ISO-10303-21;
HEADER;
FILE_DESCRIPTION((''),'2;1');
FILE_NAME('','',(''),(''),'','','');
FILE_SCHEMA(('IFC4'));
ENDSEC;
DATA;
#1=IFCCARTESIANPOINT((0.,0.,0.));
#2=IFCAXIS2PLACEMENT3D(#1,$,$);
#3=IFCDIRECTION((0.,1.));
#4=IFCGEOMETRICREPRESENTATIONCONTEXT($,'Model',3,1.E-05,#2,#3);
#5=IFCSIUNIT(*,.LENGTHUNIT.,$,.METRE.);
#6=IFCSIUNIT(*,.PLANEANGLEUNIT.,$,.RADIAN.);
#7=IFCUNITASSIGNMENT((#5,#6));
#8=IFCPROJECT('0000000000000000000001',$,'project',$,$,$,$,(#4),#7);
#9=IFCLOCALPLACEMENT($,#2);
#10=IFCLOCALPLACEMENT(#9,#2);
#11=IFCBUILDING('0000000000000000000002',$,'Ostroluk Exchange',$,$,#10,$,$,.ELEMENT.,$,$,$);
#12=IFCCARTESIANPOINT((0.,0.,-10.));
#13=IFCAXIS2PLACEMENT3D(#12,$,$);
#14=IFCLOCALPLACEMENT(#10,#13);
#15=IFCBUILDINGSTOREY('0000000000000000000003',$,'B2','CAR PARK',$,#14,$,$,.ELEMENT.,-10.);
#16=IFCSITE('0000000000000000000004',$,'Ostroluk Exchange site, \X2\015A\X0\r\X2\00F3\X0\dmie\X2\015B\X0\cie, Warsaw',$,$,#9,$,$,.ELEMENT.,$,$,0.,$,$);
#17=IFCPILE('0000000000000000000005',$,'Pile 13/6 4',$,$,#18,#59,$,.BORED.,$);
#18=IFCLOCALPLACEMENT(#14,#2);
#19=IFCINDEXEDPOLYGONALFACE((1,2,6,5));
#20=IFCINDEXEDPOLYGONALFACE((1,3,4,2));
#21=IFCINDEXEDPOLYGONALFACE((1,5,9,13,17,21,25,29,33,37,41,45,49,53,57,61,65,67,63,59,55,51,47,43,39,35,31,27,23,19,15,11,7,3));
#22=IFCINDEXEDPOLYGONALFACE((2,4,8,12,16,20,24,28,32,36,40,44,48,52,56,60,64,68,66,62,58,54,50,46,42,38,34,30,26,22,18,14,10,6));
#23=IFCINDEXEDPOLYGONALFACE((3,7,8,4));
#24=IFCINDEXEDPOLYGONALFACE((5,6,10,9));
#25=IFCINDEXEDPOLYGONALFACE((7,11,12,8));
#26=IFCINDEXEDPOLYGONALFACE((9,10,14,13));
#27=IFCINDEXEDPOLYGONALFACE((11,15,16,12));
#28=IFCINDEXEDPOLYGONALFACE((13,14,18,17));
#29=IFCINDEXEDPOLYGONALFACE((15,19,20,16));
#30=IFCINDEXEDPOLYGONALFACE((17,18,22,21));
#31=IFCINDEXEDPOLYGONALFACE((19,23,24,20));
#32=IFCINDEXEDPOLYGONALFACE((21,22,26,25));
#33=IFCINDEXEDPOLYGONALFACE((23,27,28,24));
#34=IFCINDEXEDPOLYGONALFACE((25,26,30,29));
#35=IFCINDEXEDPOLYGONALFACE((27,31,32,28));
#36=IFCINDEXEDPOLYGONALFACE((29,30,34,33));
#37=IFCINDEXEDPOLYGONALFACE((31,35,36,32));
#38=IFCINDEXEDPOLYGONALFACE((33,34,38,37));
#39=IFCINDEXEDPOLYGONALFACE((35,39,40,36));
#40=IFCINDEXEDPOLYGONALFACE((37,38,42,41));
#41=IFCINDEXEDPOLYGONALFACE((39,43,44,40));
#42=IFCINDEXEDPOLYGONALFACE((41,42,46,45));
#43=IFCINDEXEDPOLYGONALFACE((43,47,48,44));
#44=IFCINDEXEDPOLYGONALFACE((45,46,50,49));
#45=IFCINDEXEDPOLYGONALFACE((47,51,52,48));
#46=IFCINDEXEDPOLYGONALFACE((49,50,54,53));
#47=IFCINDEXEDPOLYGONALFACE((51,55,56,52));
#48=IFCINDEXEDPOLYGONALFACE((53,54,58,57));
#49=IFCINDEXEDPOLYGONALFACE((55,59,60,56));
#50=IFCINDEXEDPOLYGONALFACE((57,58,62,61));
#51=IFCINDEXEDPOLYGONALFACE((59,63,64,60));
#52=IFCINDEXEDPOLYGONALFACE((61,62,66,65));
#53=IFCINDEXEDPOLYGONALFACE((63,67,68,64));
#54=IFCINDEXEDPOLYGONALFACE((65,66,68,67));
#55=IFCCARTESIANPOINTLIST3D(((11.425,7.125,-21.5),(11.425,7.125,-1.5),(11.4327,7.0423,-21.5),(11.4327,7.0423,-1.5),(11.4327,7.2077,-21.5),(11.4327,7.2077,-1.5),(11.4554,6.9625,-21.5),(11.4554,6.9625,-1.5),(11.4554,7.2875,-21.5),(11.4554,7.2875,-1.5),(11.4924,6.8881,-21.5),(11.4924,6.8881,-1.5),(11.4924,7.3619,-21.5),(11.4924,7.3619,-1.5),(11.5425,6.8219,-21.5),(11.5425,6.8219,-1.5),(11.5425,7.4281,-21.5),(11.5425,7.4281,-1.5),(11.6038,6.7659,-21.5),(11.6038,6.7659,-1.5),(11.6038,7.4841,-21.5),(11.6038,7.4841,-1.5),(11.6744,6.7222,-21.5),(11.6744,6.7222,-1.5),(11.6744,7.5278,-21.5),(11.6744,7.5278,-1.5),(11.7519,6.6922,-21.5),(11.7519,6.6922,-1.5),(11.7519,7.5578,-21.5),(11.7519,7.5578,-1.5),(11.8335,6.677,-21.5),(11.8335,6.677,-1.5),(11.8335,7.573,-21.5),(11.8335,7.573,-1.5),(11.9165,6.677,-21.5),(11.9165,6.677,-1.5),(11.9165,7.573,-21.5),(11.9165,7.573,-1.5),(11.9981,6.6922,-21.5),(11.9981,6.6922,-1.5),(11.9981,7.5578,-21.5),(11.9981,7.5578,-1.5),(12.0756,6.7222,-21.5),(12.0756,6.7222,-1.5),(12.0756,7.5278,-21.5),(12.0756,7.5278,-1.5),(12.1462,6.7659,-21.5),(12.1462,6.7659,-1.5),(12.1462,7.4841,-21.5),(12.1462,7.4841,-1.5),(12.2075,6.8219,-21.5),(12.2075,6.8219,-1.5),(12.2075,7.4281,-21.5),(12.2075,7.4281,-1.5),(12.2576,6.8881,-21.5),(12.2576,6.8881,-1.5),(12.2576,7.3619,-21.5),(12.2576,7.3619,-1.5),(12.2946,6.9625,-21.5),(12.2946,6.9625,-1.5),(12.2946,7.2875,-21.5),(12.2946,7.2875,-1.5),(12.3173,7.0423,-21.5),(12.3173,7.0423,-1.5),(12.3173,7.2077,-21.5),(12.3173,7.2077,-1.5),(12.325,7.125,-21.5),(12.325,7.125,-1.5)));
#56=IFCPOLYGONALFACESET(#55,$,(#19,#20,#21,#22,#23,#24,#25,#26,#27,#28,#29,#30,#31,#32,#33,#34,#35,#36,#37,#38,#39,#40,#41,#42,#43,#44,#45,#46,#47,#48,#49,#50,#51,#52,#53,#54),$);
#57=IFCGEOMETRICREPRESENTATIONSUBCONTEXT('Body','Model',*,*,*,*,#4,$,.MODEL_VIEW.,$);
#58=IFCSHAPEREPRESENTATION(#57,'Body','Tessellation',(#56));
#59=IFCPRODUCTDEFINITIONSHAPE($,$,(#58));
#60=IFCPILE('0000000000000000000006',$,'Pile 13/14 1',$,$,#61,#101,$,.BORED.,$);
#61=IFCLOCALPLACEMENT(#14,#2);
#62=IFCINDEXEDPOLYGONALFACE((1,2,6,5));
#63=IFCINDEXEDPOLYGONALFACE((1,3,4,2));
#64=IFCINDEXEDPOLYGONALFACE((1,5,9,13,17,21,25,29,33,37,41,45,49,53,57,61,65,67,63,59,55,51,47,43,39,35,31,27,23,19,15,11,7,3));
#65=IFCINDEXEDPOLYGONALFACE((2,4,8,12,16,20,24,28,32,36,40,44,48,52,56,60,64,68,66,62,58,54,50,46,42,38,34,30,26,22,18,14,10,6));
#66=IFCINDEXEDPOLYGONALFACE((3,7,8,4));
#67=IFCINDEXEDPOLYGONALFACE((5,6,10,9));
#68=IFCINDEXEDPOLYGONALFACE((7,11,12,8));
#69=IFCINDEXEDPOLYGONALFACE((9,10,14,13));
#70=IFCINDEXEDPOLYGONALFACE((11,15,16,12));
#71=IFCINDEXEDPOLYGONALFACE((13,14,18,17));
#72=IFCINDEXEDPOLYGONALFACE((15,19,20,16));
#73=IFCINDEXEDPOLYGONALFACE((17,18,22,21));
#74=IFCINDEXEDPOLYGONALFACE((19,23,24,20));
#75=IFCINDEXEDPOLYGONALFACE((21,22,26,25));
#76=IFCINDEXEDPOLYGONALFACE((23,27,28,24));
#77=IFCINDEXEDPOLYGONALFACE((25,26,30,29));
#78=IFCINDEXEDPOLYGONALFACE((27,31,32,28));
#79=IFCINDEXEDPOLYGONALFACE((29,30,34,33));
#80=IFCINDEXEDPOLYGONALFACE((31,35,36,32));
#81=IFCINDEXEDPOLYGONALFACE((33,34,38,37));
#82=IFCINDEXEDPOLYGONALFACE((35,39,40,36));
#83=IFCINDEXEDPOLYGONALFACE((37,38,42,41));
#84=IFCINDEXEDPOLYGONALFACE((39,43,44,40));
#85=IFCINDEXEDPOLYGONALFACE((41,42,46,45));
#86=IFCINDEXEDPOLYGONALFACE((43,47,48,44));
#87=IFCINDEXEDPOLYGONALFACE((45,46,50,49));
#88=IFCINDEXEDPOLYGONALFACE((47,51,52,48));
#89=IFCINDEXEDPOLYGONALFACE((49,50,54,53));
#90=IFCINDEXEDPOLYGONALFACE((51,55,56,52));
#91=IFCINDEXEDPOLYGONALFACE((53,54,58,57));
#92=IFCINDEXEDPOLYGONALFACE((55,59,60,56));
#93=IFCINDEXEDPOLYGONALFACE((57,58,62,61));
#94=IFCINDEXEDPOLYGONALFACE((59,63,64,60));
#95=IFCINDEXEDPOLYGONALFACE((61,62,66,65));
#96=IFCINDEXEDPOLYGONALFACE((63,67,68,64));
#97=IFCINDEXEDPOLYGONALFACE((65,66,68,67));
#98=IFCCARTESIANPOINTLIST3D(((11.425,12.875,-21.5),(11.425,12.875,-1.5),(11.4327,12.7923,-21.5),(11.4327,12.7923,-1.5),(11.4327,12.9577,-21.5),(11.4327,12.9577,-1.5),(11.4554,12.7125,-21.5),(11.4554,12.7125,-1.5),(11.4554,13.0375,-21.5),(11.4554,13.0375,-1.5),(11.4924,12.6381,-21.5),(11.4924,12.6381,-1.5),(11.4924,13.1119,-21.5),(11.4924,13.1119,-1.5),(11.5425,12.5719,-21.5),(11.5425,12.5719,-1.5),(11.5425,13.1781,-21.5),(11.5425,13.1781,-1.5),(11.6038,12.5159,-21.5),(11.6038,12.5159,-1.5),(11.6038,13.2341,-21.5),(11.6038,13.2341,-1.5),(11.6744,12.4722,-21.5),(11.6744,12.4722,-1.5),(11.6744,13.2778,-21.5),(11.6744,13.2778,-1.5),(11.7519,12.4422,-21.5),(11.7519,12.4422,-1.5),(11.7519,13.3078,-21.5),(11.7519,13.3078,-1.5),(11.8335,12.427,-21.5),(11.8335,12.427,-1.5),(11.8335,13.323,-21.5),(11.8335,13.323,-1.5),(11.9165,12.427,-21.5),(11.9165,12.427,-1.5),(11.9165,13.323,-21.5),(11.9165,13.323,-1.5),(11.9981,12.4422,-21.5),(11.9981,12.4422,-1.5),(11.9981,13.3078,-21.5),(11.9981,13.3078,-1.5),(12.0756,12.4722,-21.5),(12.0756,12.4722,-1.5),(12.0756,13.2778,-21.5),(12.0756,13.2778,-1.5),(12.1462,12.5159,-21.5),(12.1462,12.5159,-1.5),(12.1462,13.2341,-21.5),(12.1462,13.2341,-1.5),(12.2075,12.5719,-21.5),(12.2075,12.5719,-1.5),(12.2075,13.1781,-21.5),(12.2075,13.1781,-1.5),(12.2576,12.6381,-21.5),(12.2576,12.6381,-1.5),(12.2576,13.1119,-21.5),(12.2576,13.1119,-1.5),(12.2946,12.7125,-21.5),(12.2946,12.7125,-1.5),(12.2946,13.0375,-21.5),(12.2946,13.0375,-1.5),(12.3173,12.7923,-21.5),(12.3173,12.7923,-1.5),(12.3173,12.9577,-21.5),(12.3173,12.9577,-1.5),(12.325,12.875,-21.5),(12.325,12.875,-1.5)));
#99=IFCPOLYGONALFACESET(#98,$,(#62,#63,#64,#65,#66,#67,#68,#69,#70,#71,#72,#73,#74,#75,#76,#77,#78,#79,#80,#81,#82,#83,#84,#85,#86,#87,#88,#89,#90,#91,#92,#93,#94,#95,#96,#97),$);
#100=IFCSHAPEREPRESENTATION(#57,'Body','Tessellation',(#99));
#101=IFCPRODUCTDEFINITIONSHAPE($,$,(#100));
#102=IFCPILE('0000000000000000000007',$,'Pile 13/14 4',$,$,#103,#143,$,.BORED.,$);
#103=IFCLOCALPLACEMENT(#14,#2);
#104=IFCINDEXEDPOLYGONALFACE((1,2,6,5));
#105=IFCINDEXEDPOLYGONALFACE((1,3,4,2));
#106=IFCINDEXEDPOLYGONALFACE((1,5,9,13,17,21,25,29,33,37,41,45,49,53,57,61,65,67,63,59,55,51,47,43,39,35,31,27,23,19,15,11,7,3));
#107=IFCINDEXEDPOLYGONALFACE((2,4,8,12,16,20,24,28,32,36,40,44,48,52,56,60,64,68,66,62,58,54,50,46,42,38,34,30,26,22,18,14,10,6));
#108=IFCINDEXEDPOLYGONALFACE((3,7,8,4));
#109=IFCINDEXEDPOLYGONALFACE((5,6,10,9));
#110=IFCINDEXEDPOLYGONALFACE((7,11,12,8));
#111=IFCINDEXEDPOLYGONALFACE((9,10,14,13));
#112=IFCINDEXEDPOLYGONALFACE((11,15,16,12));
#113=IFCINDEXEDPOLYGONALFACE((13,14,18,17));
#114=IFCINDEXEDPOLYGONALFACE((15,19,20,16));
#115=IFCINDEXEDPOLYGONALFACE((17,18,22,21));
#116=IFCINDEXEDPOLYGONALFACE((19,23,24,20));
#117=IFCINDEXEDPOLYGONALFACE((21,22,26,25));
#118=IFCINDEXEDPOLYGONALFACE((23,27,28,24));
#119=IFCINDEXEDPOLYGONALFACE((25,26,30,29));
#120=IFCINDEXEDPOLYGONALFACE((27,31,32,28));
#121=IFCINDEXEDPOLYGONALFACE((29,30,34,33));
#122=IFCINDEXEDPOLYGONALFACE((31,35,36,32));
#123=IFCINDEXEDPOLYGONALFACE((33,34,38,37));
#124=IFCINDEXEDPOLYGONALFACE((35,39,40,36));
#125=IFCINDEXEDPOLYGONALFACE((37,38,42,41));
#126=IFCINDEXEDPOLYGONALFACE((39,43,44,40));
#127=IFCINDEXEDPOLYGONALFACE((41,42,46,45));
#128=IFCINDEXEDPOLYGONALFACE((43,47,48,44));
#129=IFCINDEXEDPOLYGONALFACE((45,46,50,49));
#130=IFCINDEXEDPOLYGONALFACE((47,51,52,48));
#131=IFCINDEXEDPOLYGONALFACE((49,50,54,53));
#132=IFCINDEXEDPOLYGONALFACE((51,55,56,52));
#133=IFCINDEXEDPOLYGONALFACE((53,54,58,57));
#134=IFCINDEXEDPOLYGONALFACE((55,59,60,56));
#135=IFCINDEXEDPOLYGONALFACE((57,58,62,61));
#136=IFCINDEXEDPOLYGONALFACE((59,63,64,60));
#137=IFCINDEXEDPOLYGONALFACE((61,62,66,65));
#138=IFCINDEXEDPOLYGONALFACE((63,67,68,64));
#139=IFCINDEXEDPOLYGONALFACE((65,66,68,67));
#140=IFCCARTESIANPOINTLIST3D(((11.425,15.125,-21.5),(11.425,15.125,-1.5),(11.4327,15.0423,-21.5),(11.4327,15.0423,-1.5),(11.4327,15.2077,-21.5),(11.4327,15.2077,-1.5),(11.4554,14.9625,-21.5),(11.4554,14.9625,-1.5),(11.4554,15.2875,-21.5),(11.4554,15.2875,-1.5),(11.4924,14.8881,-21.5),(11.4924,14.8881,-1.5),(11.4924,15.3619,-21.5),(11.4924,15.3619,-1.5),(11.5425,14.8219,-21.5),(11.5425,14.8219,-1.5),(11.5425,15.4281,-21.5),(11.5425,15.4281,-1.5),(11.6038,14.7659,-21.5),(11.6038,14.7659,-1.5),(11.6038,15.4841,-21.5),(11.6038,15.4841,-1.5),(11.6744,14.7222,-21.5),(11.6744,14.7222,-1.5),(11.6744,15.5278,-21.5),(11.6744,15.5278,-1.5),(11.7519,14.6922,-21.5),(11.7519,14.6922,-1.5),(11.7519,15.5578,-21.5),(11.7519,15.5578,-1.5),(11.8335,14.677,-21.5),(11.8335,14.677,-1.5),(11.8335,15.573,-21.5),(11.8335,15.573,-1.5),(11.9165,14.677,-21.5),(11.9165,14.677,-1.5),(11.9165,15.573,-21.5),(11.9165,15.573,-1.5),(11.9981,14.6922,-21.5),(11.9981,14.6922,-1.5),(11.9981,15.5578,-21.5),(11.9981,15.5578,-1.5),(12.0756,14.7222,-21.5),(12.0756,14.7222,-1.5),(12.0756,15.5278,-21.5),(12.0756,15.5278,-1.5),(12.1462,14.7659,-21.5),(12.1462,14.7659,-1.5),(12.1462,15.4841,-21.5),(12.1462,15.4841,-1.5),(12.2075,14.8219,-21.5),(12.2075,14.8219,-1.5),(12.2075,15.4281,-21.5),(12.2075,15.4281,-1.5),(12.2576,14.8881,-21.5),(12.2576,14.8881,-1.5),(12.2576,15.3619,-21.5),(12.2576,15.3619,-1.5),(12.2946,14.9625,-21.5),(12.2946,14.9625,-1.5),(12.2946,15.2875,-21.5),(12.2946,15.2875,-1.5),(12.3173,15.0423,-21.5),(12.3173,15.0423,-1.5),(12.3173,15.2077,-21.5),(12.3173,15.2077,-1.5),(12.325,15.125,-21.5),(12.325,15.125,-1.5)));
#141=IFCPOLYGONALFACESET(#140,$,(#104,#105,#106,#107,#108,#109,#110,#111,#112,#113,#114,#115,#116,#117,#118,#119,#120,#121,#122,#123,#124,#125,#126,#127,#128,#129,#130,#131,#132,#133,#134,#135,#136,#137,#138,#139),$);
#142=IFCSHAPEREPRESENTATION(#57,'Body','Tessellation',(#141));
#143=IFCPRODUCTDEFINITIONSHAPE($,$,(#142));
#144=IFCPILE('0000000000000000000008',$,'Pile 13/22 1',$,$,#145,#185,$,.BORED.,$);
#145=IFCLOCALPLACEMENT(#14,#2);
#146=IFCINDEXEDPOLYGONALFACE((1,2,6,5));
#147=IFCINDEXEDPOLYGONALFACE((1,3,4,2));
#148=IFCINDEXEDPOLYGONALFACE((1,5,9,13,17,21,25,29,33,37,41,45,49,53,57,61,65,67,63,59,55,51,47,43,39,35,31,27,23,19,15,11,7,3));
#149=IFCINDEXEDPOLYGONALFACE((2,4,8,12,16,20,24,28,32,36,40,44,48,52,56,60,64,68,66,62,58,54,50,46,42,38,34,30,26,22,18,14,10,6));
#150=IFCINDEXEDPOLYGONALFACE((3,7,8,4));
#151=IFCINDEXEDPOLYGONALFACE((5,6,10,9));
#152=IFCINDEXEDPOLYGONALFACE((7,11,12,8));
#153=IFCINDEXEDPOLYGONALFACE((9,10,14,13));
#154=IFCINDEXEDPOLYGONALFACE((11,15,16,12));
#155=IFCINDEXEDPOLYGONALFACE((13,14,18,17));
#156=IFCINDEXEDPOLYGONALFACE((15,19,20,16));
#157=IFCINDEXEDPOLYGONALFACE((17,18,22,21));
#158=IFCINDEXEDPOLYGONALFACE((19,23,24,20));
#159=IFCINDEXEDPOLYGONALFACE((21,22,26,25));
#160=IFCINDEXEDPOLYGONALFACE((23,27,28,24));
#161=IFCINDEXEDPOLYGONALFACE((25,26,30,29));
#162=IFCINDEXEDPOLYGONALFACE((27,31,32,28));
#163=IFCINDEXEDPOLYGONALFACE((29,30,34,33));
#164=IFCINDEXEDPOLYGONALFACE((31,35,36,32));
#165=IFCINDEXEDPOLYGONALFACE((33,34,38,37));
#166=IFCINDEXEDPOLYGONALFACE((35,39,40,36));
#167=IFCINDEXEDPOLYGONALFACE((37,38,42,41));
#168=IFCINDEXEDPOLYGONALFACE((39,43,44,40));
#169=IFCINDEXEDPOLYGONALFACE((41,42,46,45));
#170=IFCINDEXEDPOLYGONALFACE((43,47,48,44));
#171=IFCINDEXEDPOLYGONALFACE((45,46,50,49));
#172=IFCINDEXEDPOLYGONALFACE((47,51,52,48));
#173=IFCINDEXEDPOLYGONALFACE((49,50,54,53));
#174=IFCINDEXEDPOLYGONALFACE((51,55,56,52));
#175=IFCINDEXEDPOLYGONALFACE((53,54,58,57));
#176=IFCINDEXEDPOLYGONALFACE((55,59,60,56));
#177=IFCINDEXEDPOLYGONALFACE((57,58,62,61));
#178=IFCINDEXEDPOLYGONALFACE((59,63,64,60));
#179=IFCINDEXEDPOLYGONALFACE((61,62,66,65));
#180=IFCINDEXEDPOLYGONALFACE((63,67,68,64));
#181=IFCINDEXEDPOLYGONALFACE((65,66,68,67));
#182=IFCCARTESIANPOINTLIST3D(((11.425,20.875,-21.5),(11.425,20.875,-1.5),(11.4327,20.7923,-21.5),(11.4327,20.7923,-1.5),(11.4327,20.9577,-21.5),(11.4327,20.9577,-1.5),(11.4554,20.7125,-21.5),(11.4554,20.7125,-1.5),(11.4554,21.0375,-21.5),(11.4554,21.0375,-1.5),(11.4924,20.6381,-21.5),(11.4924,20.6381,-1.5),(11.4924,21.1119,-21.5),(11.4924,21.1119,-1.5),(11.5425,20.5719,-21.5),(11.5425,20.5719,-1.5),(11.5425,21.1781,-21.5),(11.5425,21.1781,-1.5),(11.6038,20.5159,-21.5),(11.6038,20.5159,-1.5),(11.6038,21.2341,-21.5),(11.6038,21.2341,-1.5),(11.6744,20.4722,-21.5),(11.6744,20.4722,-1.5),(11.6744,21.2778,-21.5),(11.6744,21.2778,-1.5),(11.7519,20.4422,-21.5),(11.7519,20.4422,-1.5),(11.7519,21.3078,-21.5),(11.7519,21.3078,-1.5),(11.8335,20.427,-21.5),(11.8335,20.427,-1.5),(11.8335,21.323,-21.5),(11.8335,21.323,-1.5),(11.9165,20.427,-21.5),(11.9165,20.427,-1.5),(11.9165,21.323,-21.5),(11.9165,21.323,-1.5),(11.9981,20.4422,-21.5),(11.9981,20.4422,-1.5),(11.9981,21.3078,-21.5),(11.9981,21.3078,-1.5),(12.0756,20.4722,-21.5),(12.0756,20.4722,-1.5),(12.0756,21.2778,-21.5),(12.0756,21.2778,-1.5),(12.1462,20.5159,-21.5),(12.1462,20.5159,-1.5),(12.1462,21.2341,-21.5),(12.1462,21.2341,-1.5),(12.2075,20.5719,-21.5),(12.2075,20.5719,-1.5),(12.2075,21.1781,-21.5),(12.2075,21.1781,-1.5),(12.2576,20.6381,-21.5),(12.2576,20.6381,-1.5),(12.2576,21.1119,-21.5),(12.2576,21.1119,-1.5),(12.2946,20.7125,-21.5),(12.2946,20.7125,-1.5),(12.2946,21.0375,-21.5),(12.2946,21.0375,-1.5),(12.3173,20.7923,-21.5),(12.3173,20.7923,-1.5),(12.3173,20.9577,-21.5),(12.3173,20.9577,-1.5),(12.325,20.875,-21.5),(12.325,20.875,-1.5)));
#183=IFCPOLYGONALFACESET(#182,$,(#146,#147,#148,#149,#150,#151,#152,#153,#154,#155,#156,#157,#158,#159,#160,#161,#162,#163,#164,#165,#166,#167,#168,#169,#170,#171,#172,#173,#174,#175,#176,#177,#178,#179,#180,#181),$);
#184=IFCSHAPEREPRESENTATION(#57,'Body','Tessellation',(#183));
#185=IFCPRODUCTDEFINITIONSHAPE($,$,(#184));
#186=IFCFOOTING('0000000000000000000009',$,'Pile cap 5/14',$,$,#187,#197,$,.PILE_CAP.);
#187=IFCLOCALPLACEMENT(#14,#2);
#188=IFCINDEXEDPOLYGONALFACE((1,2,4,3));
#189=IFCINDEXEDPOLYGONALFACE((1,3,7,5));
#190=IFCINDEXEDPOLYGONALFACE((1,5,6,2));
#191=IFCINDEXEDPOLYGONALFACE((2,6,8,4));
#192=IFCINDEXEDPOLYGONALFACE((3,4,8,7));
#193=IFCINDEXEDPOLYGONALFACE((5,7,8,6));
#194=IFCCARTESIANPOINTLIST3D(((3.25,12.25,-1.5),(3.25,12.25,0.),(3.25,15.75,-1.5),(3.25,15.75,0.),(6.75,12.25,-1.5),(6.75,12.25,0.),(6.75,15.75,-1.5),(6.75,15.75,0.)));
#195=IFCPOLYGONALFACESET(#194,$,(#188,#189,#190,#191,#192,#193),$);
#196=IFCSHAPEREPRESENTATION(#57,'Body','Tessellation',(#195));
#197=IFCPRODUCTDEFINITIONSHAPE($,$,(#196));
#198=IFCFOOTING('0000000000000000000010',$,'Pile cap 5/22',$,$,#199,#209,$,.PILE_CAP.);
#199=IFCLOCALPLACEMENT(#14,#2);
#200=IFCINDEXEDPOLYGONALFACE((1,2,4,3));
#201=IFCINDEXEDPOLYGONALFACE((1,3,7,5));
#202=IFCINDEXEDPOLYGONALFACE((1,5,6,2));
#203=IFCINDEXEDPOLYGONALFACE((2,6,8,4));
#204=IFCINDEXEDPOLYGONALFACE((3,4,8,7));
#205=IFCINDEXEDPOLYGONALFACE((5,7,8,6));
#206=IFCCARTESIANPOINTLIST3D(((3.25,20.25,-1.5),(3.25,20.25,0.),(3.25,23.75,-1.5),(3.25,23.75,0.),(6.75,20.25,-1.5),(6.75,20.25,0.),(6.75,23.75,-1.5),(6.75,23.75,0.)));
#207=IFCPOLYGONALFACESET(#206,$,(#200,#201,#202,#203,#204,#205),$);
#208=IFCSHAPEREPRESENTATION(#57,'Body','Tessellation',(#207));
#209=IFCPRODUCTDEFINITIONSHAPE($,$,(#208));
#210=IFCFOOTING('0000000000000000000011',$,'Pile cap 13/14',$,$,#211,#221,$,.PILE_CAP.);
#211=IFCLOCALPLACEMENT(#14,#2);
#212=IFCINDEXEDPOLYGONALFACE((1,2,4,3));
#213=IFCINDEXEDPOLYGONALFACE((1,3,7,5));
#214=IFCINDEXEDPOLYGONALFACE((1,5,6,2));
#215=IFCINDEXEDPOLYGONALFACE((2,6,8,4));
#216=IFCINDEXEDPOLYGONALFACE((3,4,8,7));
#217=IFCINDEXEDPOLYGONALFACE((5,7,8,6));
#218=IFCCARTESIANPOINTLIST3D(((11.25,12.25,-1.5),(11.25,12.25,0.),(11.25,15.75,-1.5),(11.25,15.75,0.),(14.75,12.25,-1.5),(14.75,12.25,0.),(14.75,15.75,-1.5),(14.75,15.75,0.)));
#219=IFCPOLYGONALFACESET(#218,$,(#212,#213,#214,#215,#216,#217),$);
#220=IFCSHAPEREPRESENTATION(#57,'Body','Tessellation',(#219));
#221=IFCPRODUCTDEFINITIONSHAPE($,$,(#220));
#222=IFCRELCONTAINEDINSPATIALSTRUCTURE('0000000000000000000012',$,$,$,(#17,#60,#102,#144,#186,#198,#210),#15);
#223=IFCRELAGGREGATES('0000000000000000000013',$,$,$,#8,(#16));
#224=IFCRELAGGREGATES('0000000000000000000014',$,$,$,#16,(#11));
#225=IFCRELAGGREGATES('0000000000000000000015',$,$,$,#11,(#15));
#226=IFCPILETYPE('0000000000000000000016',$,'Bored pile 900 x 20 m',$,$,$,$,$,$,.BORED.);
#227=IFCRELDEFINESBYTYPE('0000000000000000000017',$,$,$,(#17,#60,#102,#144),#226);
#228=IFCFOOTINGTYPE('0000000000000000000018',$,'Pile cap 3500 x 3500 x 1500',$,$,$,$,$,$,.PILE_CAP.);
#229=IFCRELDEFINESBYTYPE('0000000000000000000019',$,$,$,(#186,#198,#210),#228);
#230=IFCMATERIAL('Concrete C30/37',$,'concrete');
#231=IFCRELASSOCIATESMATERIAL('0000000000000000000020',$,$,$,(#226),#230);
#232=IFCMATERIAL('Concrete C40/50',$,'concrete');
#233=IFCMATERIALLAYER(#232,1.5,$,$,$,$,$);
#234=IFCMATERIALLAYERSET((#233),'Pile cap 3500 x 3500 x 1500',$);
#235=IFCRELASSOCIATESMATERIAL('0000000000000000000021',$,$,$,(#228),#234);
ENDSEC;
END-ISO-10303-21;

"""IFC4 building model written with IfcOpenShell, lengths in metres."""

from ifc_helpers import new_model, si_unit, direction, frame, origin, origin_2d, place, context, subcontext, project, spatial, rectangle, circle, extrude, material, layer, layer_set, type_object, element, save


model = new_model("IFC4")

# Units and contexts
model_context = context("Model", 3, precision=1e-05, world=origin(), true_north=direction((0.0, 1.0)))
body_context = subcontext(model_context, "Body", "Model", "MODEL_VIEW")
ifc_project = project(units=[si_unit("LENGTHUNIT", "METRE"), si_unit("PLANEANGLEUNIT", "RADIAN")], contexts=[model_context])

# Site, building, storey
site_placement = place(None, origin())
site = spatial("IfcSite", under=ifc_project, at=site_placement, Name="Ostroluk Exchange site, Śródmieście, Warsaw", CompositionType="ELEMENT", RefElevation=0.0)
building_placement = place(site_placement, origin())
building = spatial("IfcBuilding", under=site, at=building_placement, Name="Ostroluk Exchange", CompositionType="ELEMENT")
storey_placement = place(building_placement, frame((0.0, 0.0, -10.0)))
storey = spatial("IfcBuildingStorey", under=building, at=storey_placement, Name="B2", Description="CAR PARK", CompositionType="ELEMENT", Elevation=-10.0)

# Piles
ifc_material_1 = material(Name="Concrete C30/37", Category="concrete")
pile_type = type_object("IfcPileType", Name="Bored pile 900 x 20 m", PredefinedType="BORED", material=ifc_material_1)
for number, where, z_axis, x_axis, name in (
    (1, (11.875, 7.125, -1.5), (0.0, 0.0, -1.0), (1.0, 0.0, 0.0), "Pile 13/6 4"),
    (2, (11.875, 12.875, -1.5), (0.0, 0.0, -1.0), (1.0, 0.0, 0.0), "Pile 13/14 1"),
    (3, (11.875, 15.125, -1.5), (0.0, 0.0, -1.0), (1.0, 0.0, 0.0), "Pile 13/14 4"),
    (4, (11.875, 20.875, -1.5), (0.0, 0.0, -1.0), (1.0, 0.0, 0.0), "Pile 13/22 1"),
):
    element("IfcPile", number, at=place(storey_placement, frame(where, z_axis=z_axis, x_axis=x_axis)), inside=storey, type_object=pile_type, Name=name, PredefinedType="BORED", context=body_context, shape_type="SweptSolid", body=[
        extrude(circle(Radius=0.45, at=origin_2d()), origin(), (0.0, 0.0, 1.0), 20.0),
    ])

# Footings
ifc_material_2 = material(Name="Concrete C40/50", Category="concrete")
ifc_layer_1 = layer(ifc_material_2, 1.5)
ifc_layer_set_1 = layer_set([ifc_layer_1], Name="Pile cap 3500 x 3500 x 1500")
footing_type = type_object("IfcFootingType", Name="Pile cap 3500 x 3500 x 1500", PredefinedType="PILE_CAP", material=ifc_layer_set_1)
for number, where, z_axis, x_axis, name in (
    (5, (5.0, 14.0, -1.5), (0.0, 0.0, 1.0), (1.0, 0.0, 0.0), "Pile cap 5/14"),
    (6, (5.0, 22.0, -1.5), (0.0, 0.0, 1.0), (1.0, 0.0, 0.0), "Pile cap 5/22"),
    (7, (13.0, 14.0, -1.5), (0.0, 0.0, 1.0), (1.0, 0.0, 0.0), "Pile cap 13/14"),
):
    element("IfcFooting", number, at=place(storey_placement, frame(where, z_axis=z_axis, x_axis=x_axis)), inside=storey, type_object=footing_type, Name=name, PredefinedType="PILE_CAP", context=body_context, shape_type="SweptSolid", body=[
        extrude(rectangle(XDim=3.5, YDim=3.5, at=origin_2d()), origin(), (0.0, 0.0, 1.0), 1.5),
    ])

save(model, "model.ifc")
